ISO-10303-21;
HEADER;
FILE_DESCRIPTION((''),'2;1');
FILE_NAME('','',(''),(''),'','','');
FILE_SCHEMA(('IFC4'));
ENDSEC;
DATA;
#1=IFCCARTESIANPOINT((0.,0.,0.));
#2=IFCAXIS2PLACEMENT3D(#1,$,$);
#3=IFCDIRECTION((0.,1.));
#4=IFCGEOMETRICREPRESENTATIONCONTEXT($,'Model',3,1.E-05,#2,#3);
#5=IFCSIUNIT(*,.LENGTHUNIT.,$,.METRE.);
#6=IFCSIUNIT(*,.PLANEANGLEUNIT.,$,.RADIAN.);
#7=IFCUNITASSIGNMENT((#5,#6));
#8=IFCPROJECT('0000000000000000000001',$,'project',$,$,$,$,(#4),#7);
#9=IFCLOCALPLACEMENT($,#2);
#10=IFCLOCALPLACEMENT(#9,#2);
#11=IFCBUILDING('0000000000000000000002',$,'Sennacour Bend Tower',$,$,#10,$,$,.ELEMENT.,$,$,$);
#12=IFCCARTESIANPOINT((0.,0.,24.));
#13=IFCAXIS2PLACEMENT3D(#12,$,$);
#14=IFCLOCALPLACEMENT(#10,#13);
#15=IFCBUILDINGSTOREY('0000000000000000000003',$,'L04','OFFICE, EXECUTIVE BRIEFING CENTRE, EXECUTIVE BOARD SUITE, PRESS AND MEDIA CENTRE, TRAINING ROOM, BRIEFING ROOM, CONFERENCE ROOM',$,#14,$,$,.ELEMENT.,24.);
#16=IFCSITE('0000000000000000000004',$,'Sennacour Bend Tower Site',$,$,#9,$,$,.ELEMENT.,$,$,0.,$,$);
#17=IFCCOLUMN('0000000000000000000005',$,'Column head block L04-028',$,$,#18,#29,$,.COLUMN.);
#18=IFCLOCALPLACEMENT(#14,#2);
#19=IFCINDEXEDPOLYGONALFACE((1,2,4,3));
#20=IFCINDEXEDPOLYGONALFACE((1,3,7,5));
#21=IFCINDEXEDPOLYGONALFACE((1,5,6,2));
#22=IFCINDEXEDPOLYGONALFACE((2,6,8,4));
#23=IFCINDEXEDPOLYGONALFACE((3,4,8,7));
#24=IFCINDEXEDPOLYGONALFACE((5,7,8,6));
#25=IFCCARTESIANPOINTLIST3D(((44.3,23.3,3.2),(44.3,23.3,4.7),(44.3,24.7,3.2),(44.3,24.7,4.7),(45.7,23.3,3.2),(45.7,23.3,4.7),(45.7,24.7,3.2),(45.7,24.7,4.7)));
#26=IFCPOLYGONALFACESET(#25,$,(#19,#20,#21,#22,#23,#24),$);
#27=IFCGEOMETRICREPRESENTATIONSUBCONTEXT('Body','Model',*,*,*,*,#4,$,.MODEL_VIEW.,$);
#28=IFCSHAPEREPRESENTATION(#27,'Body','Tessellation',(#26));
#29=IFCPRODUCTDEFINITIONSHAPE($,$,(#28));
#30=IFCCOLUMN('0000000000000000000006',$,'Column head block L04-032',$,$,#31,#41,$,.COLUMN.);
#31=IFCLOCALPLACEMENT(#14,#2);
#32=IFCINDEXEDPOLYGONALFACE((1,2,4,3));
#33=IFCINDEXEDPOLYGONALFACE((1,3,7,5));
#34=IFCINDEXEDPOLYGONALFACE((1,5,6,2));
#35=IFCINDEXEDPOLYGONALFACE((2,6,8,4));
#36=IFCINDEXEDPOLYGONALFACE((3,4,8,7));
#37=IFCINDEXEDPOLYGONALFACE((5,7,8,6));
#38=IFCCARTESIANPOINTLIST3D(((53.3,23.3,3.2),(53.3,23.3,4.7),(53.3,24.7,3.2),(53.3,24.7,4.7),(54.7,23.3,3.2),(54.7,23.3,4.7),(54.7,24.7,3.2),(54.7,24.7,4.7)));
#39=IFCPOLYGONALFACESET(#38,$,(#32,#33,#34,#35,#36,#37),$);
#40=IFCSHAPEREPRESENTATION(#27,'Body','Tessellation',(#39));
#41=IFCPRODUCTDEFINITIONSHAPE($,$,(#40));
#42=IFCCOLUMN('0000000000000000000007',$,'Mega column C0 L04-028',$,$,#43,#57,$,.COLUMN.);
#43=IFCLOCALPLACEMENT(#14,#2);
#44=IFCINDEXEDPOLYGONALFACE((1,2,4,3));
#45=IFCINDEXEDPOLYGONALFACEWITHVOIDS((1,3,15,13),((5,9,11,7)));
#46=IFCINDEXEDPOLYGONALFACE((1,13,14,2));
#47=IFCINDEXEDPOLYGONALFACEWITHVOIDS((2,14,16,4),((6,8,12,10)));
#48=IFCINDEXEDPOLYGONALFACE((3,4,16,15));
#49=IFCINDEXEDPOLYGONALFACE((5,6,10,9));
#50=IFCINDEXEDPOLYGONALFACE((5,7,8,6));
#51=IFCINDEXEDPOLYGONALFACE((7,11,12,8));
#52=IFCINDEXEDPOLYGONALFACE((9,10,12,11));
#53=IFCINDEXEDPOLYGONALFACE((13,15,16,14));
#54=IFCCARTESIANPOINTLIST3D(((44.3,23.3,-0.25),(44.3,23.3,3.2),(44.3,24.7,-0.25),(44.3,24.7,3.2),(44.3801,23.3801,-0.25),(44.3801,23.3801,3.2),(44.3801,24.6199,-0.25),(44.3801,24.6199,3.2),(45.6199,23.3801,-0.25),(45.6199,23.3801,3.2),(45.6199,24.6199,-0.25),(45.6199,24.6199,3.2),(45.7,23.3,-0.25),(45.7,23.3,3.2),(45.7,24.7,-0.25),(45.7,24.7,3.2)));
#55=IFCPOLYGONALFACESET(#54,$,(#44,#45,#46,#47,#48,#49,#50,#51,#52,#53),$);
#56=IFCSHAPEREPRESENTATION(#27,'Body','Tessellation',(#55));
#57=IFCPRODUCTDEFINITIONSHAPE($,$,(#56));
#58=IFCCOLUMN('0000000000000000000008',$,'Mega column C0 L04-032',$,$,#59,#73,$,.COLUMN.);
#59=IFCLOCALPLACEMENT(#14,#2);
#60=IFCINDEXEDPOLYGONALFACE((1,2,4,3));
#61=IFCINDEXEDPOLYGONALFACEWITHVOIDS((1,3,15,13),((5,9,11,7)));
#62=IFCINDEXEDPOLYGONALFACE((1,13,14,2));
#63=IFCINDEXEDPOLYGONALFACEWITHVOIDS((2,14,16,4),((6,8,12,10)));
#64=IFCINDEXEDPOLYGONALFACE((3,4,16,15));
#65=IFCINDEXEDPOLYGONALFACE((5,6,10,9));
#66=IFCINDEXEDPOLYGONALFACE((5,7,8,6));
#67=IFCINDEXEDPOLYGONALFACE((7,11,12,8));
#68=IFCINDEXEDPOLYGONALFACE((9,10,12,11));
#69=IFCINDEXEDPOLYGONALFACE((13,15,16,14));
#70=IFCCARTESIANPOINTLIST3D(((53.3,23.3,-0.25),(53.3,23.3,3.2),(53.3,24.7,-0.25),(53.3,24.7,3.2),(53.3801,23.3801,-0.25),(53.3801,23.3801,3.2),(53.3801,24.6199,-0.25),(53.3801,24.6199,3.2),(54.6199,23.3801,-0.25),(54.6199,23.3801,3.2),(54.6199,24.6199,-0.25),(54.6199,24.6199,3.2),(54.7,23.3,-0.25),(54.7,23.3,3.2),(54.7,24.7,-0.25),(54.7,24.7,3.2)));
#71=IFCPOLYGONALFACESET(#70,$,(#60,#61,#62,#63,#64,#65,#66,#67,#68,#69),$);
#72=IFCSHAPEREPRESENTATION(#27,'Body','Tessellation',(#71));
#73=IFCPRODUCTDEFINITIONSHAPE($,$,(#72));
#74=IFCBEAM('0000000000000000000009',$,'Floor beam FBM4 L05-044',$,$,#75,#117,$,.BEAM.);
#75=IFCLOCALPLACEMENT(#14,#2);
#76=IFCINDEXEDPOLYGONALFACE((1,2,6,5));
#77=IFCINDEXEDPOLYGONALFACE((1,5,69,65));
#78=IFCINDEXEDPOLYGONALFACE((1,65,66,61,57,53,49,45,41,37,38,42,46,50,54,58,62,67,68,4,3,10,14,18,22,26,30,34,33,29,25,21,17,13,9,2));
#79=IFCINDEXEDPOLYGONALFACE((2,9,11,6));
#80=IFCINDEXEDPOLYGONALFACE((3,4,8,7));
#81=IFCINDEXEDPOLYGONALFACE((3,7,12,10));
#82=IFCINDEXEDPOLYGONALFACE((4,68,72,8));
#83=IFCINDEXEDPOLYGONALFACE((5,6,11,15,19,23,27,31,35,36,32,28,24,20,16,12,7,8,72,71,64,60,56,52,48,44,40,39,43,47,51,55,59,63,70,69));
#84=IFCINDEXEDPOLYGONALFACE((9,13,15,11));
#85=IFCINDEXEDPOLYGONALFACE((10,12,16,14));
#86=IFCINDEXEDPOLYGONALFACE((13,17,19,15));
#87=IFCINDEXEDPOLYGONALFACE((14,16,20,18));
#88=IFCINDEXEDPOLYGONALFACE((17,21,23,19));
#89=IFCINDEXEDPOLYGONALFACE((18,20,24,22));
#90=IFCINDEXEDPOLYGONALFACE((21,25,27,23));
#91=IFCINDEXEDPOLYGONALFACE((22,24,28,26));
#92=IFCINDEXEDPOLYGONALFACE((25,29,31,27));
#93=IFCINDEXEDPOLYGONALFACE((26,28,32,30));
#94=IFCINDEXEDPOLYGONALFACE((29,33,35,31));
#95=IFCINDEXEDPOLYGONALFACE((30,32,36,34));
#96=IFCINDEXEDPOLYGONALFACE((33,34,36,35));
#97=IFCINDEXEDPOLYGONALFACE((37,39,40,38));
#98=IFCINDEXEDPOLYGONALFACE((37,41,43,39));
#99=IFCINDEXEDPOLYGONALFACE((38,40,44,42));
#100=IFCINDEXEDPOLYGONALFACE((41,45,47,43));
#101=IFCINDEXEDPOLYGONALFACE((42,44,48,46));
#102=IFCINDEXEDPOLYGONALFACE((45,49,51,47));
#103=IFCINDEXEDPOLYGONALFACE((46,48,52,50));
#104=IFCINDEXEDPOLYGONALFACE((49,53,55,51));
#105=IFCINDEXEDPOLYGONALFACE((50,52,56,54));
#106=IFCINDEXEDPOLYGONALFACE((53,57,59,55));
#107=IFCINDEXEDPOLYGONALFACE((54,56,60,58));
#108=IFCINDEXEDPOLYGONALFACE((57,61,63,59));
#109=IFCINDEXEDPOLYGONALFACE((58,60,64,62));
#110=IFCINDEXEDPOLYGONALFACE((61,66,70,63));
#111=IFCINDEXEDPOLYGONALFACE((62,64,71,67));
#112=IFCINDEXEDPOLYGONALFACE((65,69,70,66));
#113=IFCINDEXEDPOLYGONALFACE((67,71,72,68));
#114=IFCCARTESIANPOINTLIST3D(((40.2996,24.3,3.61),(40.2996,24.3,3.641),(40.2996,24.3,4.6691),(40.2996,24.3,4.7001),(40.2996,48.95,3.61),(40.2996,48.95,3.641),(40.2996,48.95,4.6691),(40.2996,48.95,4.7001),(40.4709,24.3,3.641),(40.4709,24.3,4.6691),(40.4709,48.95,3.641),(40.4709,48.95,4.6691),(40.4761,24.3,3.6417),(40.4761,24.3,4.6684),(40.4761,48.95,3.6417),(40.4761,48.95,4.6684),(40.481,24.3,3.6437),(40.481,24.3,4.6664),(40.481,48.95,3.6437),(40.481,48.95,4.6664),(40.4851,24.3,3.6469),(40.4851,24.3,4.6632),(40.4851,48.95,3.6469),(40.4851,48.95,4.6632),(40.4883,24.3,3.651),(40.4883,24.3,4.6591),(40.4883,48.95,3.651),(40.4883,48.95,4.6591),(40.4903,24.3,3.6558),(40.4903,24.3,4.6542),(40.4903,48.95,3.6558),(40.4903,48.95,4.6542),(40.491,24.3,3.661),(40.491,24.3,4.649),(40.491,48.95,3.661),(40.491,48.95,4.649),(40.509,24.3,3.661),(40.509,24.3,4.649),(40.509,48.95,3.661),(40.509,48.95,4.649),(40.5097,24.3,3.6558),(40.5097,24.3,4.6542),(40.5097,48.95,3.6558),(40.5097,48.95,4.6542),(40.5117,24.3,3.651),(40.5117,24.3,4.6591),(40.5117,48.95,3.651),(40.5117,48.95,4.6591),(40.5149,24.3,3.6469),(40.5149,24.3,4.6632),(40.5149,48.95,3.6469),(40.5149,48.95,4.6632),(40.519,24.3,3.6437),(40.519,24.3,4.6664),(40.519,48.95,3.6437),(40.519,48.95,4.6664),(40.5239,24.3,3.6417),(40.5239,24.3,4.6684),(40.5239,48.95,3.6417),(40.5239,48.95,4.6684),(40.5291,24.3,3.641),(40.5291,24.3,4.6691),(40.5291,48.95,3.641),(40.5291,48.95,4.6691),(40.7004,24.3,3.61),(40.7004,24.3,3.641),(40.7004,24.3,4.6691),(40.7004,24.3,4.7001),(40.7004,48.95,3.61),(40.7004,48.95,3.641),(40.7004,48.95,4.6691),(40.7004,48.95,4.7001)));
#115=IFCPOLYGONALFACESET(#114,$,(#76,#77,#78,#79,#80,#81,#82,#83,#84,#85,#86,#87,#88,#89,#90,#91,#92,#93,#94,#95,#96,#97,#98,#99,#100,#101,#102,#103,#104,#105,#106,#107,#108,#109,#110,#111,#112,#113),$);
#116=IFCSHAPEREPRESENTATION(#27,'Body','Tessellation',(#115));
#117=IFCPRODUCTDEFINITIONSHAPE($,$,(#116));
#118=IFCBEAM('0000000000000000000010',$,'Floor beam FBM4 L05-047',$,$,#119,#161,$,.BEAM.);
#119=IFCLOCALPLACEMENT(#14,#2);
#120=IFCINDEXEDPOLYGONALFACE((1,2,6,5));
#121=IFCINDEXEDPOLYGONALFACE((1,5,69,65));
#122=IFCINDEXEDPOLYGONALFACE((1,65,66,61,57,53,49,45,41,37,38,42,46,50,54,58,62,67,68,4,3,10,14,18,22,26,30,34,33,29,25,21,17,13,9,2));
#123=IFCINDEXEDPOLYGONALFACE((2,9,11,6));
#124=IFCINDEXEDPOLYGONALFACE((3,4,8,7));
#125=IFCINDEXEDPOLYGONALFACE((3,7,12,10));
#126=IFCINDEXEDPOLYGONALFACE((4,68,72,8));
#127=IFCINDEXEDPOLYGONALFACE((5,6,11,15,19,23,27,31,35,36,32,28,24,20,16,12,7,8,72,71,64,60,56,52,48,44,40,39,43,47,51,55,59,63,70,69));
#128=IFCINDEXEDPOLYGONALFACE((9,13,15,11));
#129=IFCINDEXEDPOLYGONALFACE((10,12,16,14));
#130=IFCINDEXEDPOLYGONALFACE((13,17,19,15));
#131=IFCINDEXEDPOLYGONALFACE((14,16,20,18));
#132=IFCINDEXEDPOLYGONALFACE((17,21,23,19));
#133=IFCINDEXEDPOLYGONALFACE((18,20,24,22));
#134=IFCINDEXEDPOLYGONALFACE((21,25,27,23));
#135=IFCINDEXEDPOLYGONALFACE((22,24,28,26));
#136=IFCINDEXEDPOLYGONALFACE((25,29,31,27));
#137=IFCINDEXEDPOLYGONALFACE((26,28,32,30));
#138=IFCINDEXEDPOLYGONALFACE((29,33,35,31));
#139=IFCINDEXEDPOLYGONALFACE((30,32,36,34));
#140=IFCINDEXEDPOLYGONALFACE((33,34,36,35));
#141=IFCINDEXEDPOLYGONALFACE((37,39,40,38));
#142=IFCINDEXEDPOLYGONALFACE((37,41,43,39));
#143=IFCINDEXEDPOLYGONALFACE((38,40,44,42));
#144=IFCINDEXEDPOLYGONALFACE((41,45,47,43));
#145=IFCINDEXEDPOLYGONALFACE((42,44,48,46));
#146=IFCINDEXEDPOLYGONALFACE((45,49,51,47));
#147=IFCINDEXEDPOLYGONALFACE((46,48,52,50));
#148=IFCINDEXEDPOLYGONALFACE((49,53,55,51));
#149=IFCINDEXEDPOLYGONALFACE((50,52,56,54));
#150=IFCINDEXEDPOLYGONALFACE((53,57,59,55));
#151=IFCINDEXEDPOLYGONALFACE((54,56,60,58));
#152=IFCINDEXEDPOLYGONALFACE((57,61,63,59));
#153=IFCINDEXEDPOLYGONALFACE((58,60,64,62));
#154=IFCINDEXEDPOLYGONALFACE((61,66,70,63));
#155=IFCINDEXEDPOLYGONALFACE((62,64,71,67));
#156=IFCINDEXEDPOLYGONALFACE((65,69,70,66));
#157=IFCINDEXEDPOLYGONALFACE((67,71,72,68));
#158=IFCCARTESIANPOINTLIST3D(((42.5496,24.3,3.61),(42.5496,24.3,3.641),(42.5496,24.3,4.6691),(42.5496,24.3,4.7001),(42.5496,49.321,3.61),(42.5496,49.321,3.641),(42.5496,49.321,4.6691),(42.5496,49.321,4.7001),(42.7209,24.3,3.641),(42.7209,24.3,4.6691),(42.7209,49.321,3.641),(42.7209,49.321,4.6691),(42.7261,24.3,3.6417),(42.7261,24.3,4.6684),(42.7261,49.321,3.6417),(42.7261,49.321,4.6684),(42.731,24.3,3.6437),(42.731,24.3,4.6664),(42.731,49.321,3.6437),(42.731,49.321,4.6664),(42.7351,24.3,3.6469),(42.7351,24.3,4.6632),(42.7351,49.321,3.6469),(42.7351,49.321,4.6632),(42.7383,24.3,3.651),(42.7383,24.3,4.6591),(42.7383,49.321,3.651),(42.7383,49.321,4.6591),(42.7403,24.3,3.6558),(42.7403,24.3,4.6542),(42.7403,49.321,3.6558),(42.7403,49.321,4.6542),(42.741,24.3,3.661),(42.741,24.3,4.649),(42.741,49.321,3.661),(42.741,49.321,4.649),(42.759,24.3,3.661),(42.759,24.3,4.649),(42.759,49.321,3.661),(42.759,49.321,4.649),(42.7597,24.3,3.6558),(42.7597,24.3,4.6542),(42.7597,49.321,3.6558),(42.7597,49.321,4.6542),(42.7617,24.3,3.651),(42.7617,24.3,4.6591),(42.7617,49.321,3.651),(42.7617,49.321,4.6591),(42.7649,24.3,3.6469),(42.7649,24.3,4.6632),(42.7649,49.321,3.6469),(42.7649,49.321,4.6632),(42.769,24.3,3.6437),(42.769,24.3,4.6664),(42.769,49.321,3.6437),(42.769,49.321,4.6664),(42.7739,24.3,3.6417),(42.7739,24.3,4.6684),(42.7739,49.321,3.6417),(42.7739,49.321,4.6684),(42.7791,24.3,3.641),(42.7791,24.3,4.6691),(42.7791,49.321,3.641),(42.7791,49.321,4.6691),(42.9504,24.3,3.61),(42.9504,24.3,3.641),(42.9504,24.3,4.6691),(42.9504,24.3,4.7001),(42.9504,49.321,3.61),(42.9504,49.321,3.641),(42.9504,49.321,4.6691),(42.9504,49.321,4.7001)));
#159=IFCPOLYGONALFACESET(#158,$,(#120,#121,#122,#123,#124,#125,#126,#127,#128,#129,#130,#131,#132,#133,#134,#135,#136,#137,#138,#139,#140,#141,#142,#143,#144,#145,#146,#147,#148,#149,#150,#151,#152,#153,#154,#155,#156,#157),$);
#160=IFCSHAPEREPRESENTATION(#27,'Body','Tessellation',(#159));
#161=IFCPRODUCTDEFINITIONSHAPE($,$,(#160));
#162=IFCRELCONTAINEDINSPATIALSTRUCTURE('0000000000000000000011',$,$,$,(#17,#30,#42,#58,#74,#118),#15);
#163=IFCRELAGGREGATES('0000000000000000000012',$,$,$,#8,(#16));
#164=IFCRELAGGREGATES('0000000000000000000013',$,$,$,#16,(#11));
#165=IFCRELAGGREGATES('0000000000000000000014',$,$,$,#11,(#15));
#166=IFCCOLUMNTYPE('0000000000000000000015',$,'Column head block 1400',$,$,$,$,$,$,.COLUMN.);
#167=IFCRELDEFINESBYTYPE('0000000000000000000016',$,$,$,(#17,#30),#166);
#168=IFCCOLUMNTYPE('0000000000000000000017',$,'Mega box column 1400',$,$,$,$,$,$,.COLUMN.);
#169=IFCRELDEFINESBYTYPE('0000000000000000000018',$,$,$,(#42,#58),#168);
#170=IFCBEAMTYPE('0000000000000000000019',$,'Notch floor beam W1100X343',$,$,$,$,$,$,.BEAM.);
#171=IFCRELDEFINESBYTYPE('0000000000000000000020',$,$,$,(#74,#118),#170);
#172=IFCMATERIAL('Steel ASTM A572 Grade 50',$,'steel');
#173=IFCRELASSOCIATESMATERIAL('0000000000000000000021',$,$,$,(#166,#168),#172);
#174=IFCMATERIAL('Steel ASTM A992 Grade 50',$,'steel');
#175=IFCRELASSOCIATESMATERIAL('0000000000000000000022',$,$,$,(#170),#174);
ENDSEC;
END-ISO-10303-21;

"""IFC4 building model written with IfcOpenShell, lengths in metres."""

from ifc_helpers import new_model, si_unit, direction, frame, origin, origin_2d, place, context, subcontext, project, spatial, rectangle, hollow_rectangle, i_section, extrude, material, material_profile, profile_set, type_object, element, save


model = new_model("IFC4")

# Units and contexts
model_context = context("Model", 3, precision=1e-05, world=origin(), true_north=direction((0.0, 1.0)))
body_context = subcontext(model_context, "Body", "Model", "MODEL_VIEW")
ifc_project = project(units=[si_unit("LENGTHUNIT", "METRE"), si_unit("PLANEANGLEUNIT", "RADIAN")], contexts=[model_context])

# Site, building, storey
site_placement = place(None, origin())
site = spatial("IfcSite", under=ifc_project, at=site_placement, Name="Sennacour Bend Tower Site", CompositionType="ELEMENT", RefElevation=0.0)
building_placement = place(site_placement, origin())
building = spatial("IfcBuilding", under=site, at=building_placement, Name="Sennacour Bend Tower", CompositionType="ELEMENT")
storey_placement = place(building_placement, frame((0.0, 0.0, 24.0)))
storey = spatial("IfcBuildingStorey", under=building, at=storey_placement, Name="L04", Description="OFFICE, EXECUTIVE BRIEFING CENTRE, EXECUTIVE BOARD SUITE, PRESS AND MEDIA CENTRE, TRAINING ROOM, BRIEFING ROOM, CONFERENCE ROOM", CompositionType="ELEMENT", Elevation=24.0)

# Columns
ifc_material_1 = material(Name="Steel ASTM A572 Grade 50", Category="steel")
ifc_material_profile_1 = material_profile(ifc_material_1, rectangle(XDim=1.3999, YDim=1.3999, at=origin_2d()), Name="Steel ASTM A572 Grade 50", Category="steel")
ifc_profile_set_1 = profile_set([ifc_material_profile_1], Name="Steel ASTM A572 Grade 50")
column_type_1 = type_object("IfcColumnType", Name="Column head block 1400", PredefinedType="COLUMN", material=ifc_profile_set_1)
for number, where, z_axis, x_axis, name in (
    (1, (45.0, 24.0, 3.2), (0.0, 0.0, 1.0), (1.0, 0.0, 0.0), "Column head block L04-028"),
    (2, (54.0, 24.0, 3.2), (0.0, 0.0, 1.0), (1.0, 0.0, 0.0), "Column head block L04-032"),
):
    element("IfcColumn", number, at=place(storey_placement, frame(where, z_axis=z_axis, x_axis=x_axis)), inside=storey, type_object=column_type_1, Name=name, PredefinedType="COLUMN", context=body_context, shape_type="SweptSolid", body=[
        extrude(rectangle(XDim=1.3999, YDim=1.3999, at=origin_2d()), origin(), (0.0, 0.0, 1.0), 1.5),
    ])
ifc_material_profile_2 = material_profile(ifc_material_1, hollow_rectangle(XDim=1.3999, YDim=1.3999, WallThickness=0.0801, at=origin_2d()), Name="Steel ASTM A572 Grade 50", Category="steel")
ifc_profile_set_2 = profile_set([ifc_material_profile_2], Name="Steel ASTM A572 Grade 50")
column_type_2 = type_object("IfcColumnType", Name="Mega box column 1400", PredefinedType="COLUMN", material=ifc_profile_set_2)
for number, where, z_axis, x_axis, name in (
    (3, (45.0, 24.0, -0.25), (0.0, 0.0, 1.0), (1.0, 0.0, 0.0), "Mega column C0 L04-028"),
    (4, (54.0, 24.0, -0.25), (0.0, 0.0, 1.0), (1.0, 0.0, 0.0), "Mega column C0 L04-032"),
):
    element("IfcColumn", number, at=place(storey_placement, frame(where, z_axis=z_axis, x_axis=x_axis)), inside=storey, type_object=column_type_2, Name=name, PredefinedType="COLUMN", context=body_context, shape_type="SweptSolid", body=[
        extrude(hollow_rectangle(XDim=1.3999, YDim=1.3999, WallThickness=0.0801, at=origin_2d()), origin(), (0.0, 0.0, 1.0), 3.45),
    ])

# Beams
ifc_material_2 = material(Name="Steel ASTM A992 Grade 50", Category="steel")
ifc_material_profile_3 = material_profile(ifc_material_2, i_section(OverallWidth=0.4009, OverallDepth=1.0901, WebThickness=0.0181, FlangeThickness=0.031, FilletRadius=0.02, at=origin_2d()), Name="Steel ASTM A992 Grade 50", Category="steel")
ifc_profile_set_3 = profile_set([ifc_material_profile_3], Name="Steel ASTM A992 Grade 50")
beam_type_1 = type_object("IfcBeamType", Name="Notch floor beam W1100X343", PredefinedType="BEAM", material=ifc_profile_set_3)
beam_1_placement = place(storey_placement, frame((40.5, 24.3, 4.155), z_axis=(0.0, 1.0, 0.0), x_axis=(-1.0, 0.0, 0.0)))
element("IfcBeam", 5, at=beam_1_placement, inside=storey, type_object=beam_type_1, Name="Floor beam FBM4 L05-044", PredefinedType="BEAM", context=body_context, shape_type="SweptSolid", body=[
    extrude(i_section(OverallWidth=0.4009, OverallDepth=1.0901, WebThickness=0.0181, FlangeThickness=0.031, FilletRadius=0.02, at=origin_2d()), origin(), (0.0, 0.0, 1.0), 24.6499),
])
beam_2_placement = place(storey_placement, frame((42.75, 24.3, 4.155), z_axis=(0.0, 1.0, 0.0), x_axis=(-1.0, 0.0, 0.0)))
element("IfcBeam", 6, at=beam_2_placement, inside=storey, type_object=beam_type_1, Name="Floor beam FBM4 L05-047", PredefinedType="BEAM", context=body_context, shape_type="SweptSolid", body=[
    extrude(i_section(OverallWidth=0.4009, OverallDepth=1.0901, WebThickness=0.0181, FlangeThickness=0.031, FilletRadius=0.02, at=origin_2d()), origin(), (0.0, 0.0, 1.0), 25.021),
])

save(model, "model.ifc")
